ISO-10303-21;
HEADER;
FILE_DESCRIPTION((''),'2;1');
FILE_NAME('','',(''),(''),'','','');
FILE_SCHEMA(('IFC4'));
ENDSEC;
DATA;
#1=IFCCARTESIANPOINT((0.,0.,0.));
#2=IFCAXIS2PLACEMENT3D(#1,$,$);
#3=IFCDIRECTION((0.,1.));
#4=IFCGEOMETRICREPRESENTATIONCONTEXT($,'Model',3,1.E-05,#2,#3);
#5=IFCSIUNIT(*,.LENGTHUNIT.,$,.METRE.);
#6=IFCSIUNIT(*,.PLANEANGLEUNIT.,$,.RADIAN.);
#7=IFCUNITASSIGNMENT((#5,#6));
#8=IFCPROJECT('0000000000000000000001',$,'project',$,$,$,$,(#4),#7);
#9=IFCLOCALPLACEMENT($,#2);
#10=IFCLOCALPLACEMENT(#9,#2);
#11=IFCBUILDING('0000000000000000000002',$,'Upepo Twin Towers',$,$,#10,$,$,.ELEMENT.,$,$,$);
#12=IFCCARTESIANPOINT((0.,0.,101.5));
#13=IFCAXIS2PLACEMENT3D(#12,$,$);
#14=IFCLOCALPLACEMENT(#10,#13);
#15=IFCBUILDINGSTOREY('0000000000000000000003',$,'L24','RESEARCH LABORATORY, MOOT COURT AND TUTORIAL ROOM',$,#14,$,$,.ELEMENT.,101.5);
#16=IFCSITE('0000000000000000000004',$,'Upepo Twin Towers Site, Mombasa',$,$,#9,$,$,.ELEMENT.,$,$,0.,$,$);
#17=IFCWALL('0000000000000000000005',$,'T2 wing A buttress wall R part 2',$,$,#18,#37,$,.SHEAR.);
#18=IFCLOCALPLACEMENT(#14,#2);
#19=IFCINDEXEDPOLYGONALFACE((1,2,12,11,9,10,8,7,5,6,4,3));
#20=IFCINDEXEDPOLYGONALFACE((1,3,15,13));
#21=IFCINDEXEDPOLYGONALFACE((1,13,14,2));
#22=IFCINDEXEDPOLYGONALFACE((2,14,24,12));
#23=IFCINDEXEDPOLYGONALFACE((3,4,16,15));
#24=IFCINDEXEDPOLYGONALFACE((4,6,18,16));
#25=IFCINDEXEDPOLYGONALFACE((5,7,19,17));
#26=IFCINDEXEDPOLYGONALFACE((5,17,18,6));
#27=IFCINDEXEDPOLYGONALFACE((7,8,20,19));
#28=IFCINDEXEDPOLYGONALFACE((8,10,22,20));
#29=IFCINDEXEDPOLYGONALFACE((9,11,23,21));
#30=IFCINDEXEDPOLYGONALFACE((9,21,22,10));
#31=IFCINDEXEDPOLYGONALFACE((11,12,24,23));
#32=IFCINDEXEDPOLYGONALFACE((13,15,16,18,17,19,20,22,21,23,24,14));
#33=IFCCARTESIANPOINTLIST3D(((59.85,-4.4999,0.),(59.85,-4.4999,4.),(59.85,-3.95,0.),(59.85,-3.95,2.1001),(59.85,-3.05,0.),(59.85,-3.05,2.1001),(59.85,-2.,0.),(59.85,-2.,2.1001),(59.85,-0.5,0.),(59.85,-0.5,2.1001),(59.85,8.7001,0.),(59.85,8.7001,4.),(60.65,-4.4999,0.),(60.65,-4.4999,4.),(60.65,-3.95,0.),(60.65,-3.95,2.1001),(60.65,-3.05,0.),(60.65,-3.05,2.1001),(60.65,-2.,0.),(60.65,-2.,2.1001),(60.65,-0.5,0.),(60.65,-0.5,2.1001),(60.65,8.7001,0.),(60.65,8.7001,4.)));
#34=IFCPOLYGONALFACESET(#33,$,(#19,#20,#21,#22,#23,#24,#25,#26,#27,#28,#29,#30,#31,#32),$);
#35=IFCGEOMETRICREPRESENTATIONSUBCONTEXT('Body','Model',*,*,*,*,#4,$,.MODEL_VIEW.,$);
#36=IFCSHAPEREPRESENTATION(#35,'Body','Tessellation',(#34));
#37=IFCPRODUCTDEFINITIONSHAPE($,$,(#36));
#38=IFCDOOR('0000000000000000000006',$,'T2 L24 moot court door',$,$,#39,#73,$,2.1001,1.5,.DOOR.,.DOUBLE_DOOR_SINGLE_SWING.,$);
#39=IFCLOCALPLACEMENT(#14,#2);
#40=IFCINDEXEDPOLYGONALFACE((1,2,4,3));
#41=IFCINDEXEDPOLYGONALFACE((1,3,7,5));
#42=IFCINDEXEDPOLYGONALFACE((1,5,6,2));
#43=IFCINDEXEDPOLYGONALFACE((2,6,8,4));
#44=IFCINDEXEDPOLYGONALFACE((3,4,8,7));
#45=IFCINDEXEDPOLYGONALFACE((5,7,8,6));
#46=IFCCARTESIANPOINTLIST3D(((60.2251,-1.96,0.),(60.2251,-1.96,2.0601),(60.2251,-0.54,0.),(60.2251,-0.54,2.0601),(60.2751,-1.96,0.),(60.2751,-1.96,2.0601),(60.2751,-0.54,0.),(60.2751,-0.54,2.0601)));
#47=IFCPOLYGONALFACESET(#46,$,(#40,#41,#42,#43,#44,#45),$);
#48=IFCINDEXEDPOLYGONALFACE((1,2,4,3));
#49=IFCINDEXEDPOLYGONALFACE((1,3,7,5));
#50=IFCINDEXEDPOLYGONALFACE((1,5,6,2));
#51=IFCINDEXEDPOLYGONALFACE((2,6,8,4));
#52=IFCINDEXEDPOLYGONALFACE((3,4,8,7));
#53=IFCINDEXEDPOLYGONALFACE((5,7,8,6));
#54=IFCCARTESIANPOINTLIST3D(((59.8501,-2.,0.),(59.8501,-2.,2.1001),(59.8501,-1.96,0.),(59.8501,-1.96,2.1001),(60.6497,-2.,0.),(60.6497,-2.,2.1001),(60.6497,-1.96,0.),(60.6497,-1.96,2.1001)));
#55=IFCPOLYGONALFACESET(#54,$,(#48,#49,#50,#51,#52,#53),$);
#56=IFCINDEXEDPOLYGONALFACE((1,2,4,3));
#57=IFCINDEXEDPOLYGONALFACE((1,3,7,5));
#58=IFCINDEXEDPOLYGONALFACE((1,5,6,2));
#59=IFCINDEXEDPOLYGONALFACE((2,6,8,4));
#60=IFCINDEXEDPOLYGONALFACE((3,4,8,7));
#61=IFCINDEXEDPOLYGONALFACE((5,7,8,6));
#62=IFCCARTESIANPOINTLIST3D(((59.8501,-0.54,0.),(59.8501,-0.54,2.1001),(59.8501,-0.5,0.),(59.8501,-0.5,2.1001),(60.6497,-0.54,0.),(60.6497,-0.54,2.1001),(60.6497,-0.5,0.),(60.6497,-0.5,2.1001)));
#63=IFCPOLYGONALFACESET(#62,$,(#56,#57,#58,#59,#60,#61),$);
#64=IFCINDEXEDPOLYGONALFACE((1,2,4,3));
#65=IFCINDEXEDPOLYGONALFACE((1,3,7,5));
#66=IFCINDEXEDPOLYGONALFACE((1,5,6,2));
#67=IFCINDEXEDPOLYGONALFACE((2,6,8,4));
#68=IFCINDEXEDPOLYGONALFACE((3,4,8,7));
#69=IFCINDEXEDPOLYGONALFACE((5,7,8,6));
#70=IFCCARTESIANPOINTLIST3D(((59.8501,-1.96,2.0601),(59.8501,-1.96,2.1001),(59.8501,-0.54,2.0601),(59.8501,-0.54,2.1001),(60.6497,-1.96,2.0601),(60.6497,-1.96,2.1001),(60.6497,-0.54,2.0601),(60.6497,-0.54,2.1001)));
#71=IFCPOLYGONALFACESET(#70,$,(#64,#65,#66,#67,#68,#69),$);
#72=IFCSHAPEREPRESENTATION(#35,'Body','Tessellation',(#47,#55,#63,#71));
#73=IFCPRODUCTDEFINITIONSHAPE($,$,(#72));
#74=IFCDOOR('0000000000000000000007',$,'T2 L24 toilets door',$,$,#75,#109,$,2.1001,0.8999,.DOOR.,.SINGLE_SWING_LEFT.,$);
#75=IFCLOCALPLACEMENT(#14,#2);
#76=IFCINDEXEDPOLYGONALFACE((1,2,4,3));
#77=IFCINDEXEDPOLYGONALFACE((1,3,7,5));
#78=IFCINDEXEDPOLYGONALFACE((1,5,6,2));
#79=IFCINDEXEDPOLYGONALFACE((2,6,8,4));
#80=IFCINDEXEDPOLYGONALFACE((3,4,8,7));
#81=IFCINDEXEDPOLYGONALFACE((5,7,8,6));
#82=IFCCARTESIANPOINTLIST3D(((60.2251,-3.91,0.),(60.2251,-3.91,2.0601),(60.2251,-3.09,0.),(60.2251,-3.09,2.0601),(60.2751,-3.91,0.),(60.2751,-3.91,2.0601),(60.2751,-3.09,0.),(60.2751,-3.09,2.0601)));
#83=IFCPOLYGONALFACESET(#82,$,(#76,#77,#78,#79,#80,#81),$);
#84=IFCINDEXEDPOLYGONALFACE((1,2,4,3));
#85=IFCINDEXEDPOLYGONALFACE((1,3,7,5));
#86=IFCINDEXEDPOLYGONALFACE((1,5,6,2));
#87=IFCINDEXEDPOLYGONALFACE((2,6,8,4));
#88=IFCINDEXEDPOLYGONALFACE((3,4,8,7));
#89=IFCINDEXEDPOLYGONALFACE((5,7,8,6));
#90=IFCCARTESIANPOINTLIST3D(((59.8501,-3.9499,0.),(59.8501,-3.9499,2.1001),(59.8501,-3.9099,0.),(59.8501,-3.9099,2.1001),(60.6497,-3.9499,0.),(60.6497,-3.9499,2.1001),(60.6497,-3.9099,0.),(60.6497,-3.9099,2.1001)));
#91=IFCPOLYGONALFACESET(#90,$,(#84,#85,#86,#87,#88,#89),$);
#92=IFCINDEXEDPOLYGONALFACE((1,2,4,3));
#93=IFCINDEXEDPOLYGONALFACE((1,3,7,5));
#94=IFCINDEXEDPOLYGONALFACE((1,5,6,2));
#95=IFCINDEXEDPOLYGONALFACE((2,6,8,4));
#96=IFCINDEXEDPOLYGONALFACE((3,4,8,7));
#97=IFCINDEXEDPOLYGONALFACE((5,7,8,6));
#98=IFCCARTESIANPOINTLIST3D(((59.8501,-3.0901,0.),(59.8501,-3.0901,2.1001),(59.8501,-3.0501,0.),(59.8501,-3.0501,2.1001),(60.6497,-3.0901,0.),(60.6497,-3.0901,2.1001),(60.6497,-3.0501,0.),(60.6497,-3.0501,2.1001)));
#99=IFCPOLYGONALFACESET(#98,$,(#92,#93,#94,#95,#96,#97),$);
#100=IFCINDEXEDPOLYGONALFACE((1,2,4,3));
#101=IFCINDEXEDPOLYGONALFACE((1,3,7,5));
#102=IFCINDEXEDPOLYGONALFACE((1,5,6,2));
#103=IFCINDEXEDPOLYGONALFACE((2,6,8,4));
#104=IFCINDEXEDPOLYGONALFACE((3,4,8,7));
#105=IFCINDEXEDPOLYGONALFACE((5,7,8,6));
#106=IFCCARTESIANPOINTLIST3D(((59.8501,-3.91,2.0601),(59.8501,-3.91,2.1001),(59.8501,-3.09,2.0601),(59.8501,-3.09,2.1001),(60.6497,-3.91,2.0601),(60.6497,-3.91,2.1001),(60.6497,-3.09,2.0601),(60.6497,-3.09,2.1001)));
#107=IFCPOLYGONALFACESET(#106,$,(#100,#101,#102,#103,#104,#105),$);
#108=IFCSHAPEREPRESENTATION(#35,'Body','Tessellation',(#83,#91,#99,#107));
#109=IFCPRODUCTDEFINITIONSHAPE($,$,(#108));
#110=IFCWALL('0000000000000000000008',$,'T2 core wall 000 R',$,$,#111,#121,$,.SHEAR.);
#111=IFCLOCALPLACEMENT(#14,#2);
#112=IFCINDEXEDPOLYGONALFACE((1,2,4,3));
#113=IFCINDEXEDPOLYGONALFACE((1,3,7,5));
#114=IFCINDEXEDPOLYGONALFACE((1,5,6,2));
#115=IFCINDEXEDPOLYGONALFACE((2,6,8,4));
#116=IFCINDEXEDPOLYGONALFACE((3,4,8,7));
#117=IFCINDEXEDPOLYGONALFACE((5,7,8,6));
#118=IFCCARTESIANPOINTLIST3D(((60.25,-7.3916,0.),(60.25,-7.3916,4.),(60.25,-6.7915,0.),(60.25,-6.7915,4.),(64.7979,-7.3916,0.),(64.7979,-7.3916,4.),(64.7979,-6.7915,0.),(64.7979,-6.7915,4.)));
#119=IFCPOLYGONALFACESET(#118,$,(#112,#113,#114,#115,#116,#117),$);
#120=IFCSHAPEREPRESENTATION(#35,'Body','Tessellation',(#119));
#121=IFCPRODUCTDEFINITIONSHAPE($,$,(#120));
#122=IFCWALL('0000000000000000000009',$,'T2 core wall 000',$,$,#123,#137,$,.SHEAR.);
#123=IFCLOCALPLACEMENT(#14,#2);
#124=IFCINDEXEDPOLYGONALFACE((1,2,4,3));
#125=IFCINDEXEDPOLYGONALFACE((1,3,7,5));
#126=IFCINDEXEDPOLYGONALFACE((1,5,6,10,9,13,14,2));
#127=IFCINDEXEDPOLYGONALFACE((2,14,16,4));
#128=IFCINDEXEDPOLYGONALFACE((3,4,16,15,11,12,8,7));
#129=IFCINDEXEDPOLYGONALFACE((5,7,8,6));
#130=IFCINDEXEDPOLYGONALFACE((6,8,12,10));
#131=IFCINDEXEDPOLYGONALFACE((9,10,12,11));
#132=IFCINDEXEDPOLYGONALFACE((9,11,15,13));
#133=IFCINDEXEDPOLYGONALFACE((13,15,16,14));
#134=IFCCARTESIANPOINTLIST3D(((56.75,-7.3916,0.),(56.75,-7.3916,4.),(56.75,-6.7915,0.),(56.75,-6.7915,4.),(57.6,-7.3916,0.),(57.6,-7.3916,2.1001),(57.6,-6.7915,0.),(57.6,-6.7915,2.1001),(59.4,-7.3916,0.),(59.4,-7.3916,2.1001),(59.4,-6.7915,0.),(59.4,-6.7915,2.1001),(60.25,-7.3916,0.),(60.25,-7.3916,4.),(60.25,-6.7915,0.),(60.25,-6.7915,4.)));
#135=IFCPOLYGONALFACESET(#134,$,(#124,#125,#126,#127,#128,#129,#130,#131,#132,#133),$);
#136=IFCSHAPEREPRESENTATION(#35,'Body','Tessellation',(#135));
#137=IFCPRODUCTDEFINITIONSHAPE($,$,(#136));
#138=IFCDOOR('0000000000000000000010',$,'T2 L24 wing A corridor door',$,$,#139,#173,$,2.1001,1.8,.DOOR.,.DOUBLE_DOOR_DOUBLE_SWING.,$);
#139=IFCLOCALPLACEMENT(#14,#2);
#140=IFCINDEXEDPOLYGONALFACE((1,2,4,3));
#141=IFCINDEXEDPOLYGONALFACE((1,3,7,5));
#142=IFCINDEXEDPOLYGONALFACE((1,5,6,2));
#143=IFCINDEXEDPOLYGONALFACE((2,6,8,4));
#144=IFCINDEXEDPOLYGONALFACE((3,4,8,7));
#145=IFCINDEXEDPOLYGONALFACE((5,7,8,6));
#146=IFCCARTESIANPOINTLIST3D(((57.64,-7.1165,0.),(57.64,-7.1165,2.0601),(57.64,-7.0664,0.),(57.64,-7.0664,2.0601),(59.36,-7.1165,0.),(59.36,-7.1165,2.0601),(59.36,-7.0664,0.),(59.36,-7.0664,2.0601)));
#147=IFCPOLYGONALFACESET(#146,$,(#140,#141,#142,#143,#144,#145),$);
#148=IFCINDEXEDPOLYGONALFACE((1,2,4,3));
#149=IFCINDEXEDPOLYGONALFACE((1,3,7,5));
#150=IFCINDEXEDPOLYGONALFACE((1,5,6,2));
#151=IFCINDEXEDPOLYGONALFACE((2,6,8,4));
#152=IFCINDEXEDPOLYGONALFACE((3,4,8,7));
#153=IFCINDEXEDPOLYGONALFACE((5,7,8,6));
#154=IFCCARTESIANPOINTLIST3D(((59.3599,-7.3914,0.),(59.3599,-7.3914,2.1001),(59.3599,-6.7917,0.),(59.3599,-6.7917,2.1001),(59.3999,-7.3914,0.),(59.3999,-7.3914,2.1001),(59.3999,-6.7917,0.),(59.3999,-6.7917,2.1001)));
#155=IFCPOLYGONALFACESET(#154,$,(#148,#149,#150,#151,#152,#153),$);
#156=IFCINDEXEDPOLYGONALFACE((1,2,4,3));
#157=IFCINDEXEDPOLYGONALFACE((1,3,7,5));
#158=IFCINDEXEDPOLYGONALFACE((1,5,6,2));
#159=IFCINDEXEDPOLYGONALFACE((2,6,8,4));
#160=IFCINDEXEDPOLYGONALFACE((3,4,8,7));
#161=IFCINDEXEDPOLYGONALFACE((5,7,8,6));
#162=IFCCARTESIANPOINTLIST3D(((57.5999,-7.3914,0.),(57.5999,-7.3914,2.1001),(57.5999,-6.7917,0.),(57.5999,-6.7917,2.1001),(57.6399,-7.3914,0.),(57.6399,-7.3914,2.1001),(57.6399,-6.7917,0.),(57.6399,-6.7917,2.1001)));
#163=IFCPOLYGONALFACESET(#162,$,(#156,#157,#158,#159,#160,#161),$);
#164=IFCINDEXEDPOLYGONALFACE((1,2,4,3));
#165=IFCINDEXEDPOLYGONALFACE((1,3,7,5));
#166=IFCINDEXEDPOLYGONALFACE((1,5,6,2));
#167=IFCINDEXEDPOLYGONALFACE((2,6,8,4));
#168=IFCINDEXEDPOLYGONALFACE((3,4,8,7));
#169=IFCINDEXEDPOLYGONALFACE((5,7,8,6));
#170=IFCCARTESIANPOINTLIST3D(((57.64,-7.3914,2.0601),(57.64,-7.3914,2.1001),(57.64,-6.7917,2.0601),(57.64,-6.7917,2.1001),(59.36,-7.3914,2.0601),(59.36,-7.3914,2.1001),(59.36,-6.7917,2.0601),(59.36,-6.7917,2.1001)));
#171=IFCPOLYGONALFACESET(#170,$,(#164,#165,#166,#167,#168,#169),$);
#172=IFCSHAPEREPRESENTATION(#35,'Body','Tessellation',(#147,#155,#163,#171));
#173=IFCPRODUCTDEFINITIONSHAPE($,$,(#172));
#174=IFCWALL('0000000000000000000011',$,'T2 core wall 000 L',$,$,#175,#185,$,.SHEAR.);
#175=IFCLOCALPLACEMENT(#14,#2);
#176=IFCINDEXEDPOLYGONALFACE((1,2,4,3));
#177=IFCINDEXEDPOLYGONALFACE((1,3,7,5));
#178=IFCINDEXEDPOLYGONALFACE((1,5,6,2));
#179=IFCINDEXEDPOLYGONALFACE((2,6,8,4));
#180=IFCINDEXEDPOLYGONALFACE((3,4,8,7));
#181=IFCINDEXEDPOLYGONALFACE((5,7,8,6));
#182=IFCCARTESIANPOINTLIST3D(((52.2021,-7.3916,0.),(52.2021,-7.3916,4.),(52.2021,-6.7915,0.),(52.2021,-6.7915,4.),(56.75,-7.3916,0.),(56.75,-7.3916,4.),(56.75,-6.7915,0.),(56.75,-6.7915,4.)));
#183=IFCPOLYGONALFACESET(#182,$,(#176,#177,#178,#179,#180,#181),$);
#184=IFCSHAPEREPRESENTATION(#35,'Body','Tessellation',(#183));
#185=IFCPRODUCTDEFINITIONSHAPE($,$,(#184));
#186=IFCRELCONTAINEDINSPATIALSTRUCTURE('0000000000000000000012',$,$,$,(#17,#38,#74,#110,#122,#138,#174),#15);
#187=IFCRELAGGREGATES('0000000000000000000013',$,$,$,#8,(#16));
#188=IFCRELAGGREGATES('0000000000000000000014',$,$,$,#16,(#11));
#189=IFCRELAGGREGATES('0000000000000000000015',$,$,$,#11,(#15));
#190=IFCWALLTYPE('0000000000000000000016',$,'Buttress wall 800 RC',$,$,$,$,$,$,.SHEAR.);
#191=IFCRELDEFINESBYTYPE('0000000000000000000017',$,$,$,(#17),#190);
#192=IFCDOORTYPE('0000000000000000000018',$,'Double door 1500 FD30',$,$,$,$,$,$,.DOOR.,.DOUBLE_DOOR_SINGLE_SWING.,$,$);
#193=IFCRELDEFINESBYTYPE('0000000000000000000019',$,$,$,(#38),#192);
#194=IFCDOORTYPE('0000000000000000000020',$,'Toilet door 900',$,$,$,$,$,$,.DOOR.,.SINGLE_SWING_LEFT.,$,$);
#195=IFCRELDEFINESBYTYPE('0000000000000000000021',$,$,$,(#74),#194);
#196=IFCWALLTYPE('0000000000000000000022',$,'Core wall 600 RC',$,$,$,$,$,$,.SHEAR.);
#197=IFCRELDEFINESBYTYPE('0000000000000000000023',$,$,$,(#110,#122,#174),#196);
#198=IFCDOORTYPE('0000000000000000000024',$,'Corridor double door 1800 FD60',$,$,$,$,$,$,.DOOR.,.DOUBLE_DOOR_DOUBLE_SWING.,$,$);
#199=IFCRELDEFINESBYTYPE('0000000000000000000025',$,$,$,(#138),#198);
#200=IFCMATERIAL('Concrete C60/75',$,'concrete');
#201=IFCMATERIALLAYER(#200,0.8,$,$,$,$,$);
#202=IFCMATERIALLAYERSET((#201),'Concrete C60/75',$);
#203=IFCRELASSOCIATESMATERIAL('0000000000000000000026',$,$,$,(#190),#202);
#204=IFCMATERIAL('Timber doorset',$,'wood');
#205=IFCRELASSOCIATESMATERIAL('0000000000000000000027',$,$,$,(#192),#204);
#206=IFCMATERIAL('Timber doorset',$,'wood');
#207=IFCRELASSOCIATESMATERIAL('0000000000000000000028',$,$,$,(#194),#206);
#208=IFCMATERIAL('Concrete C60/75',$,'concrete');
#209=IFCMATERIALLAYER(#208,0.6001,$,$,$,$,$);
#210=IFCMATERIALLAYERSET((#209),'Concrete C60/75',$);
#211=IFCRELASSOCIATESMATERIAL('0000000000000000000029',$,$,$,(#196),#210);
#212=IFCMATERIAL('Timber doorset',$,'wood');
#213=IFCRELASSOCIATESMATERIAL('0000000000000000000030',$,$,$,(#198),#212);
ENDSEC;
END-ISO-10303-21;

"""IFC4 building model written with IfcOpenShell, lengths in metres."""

from ifc_helpers import new_model, si_unit, direction, frame, frame_2d, origin, place, context, subcontext, project, spatial, rectangle, extrude, material, layer, layer_set, type_object, element, fill, save


model = new_model("IFC4")

# Units and contexts
model_context = context("Model", 3, precision=1e-05, world=origin(), true_north=direction((0.0, 1.0)))
body_context = subcontext(model_context, "Body", "Model", "MODEL_VIEW")
ifc_project = project(units=[si_unit("LENGTHUNIT", "METRE"), si_unit("PLANEANGLEUNIT", "RADIAN")], contexts=[model_context])

# Site, building, storey
site_placement = place(None, origin())
site = spatial("IfcSite", under=ifc_project, at=site_placement, Name="Upepo Twin Towers Site, Mombasa", CompositionType="ELEMENT", RefElevation=0.0)
building_placement = place(site_placement, origin())
building = spatial("IfcBuilding", under=site, at=building_placement, Name="Upepo Twin Towers", CompositionType="ELEMENT")
storey_placement = place(building_placement, frame((0.0, 0.0, 101.5)))
storey = spatial("IfcBuildingStorey", under=building, at=storey_placement, Name="L24", Description="RESEARCH LABORATORY, MOOT COURT AND TUTORIAL ROOM", CompositionType="ELEMENT", Elevation=101.5)

# Wall, openings, doors
ifc_material_1 = material(Name="Concrete C60/75", Category="concrete")
ifc_layer_1 = layer(ifc_material_1, 0.8)
ifc_layer_set_1 = layer_set([ifc_layer_1], Name="Concrete C60/75")
wall_type_1 = type_object("IfcWallType", Name="Buttress wall 800 RC", PredefinedType="SHEAR", material=ifc_layer_set_1)
ifc_material_2 = material(Name="Timber doorset", Category="wood")
door_type_1 = type_object("IfcDoorType", Name="Double door 1500 FD30", OperationType="DOUBLE_DOOR_SINGLE_SWING", PredefinedType="DOOR", material=ifc_material_2)
ifc_material_3 = material(Name="Timber doorset", Category="wood")
door_type_2 = type_object("IfcDoorType", Name="Toilet door 900", OperationType="SINGLE_SWING_LEFT", PredefinedType="DOOR", material=ifc_material_3)
wall_1_placement = place(storey_placement, frame((60.25, -4.5, 0.0), z_axis=(0.0, 0.0, 1.0), x_axis=(0.0, 1.0, 0.0)))
wall_1 = element("IfcWall", 1, at=wall_1_placement, inside=storey, type_object=wall_type_1, Name="T2 wing A buttress wall R part 2", PredefinedType="SHEAR", context=body_context, shape_type="SweptSolid", body=[
    extrude(rectangle(XDim=13.2, YDim=0.8, at=frame_2d((6.6001, 0.0))), origin(), (0.0, 0.0, 1.0), 4.0),
])
opening_1_placement = place(wall_1_placement, frame((0.55, 0.0, 0.0)))
opening_1 = element("IfcOpeningElement", 2, at=opening_1_placement, cuts=wall_1, PredefinedType="OPENING", context=body_context, shape_type="SweptSolid", body=[
    extrude(rectangle(XDim=0.8999, YDim=2.1001, at=frame_2d((0.45, 1.05))), frame((0.0, 0.4099, 0.0), z_axis=(0.0, -1.0, 0.0), x_axis=(1.0, 0.0, 0.0)), (0.0, 0.0, 1.0), 0.8201),
])
opening_2_placement = place(wall_1_placement, frame((2.5, 0.0, 0.0)))
opening_2 = element("IfcOpeningElement", 3, at=opening_2_placement, cuts=wall_1, PredefinedType="OPENING", context=body_context, shape_type="SweptSolid", body=[
    extrude(rectangle(XDim=1.5, YDim=2.1001, at=frame_2d((0.75, 1.05))), frame((0.0, 0.4099, 0.0), z_axis=(0.0, -1.0, 0.0), x_axis=(1.0, 0.0, 0.0)), (0.0, 0.0, 1.0), 0.8201),
])
door_1_placement = place(opening_2_placement, origin())
door_1 = element("IfcDoor", 4, at=door_1_placement, inside=storey, type_object=door_type_1, Name="T2 L24 moot court door", OperationType="DOUBLE_DOOR_SINGLE_SWING", OverallHeight=2.1001, OverallWidth=1.5, PredefinedType="DOOR", context=body_context, shape_type="SweptSolid", body=[
    extrude(rectangle(XDim=1.42, YDim=2.0601, at=frame_2d((0.75, 1.03))), frame((0.0, 0.0249, 0.0), z_axis=(0.0, -1.0, 0.0), x_axis=(1.0, 0.0, 0.0)), (0.0, 0.0, 1.0), 0.05),
    extrude(rectangle(XDim=0.04, YDim=2.1001, at=frame_2d((0.02, 1.05))), frame((0.0, 0.3999, 0.0), z_axis=(0.0, -1.0, 0.0), x_axis=(1.0, 0.0, 0.0)), (0.0, 0.0, 1.0), 0.7996),
    extrude(rectangle(XDim=0.04, YDim=2.1001, at=frame_2d((1.48, 1.05))), frame((0.0, 0.3999, 0.0), z_axis=(0.0, -1.0, 0.0), x_axis=(1.0, 0.0, 0.0)), (0.0, 0.0, 1.0), 0.7996),
    extrude(rectangle(XDim=1.42, YDim=0.04, at=frame_2d((0.75, 2.0801))), frame((0.0, 0.3999, 0.0), z_axis=(0.0, -1.0, 0.0), x_axis=(1.0, 0.0, 0.0)), (0.0, 0.0, 1.0), 0.7996),
])
fill(opening_2, door_1)
door_2_placement = place(opening_1_placement, origin())
door_2 = element("IfcDoor", 5, at=door_2_placement, inside=storey, type_object=door_type_2, Name="T2 L24 toilets door", OperationType="SINGLE_SWING_LEFT", OverallHeight=2.1001, OverallWidth=0.8999, PredefinedType="DOOR", context=body_context, shape_type="SweptSolid", body=[
    extrude(rectangle(XDim=0.8199, YDim=2.0601, at=frame_2d((0.45, 1.03))), frame((0.0, 0.0249, 0.0), z_axis=(0.0, -1.0, 0.0), x_axis=(1.0, 0.0, 0.0)), (0.0, 0.0, 1.0), 0.05),
    extrude(rectangle(XDim=0.04, YDim=2.1001, at=frame_2d((0.02, 1.05))), frame((0.0, 0.3999, 0.0), z_axis=(0.0, -1.0, 0.0), x_axis=(1.0, 0.0, 0.0)), (0.0, 0.0, 1.0), 0.7996),
    extrude(rectangle(XDim=0.04, YDim=2.1001, at=frame_2d((0.8799, 1.05))), frame((0.0, 0.3999, 0.0), z_axis=(0.0, -1.0, 0.0), x_axis=(1.0, 0.0, 0.0)), (0.0, 0.0, 1.0), 0.7996),
    extrude(rectangle(XDim=0.8199, YDim=0.04, at=frame_2d((0.45, 2.0801))), frame((0.0, 0.3999, 0.0), z_axis=(0.0, -1.0, 0.0), x_axis=(1.0, 0.0, 0.0)), (0.0, 0.0, 1.0), 0.7996),
])
fill(opening_1, door_2)

# Wall
ifc_material_4 = material(Name="Concrete C60/75", Category="concrete")
ifc_layer_2 = layer(ifc_material_4, 0.6001)
ifc_layer_set_2 = layer_set([ifc_layer_2], Name="Concrete C60/75")
wall_type_2 = type_object("IfcWallType", Name="Core wall 600 RC", PredefinedType="SHEAR", material=ifc_layer_set_2)
wall_2_placement = place(storey_placement, frame((64.7979, -7.0916, 0.0), z_axis=(0.0, 0.0, 1.0), x_axis=(-1.0, 0.0, 0.0)))
element("IfcWall", 6, at=wall_2_placement, inside=storey, type_object=wall_type_2, Name="T2 core wall 000 R", PredefinedType="SHEAR", context=body_context, shape_type="SweptSolid", body=[
    extrude(rectangle(XDim=4.5479, YDim=0.6001, at=frame_2d((2.2739, 0.0))), origin(), (0.0, 0.0, 1.0), 4.0),
])

# Wall, opening, door
wall_3_placement = place(storey_placement, frame((60.25, -7.0916, 0.0), z_axis=(0.0, 0.0, 1.0), x_axis=(-1.0, 0.0, 0.0)))
wall_3 = element("IfcWall", 7, at=wall_3_placement, inside=storey, type_object=wall_type_2, Name="T2 core wall 000", PredefinedType="SHEAR", context=body_context, shape_type="SweptSolid", body=[
    extrude(rectangle(XDim=3.5, YDim=0.6001, at=frame_2d((1.75, 0.0))), origin(), (0.0, 0.0, 1.0), 4.0),
])
opening_3_placement = place(wall_3_placement, frame((0.8501, 0.0, 0.0)))
opening_3 = element("IfcOpeningElement", 8, at=opening_3_placement, cuts=wall_3, PredefinedType="OPENING", context=body_context, shape_type="SweptSolid", body=[
    extrude(rectangle(XDim=1.8, YDim=2.1001, at=frame_2d((0.8999, 1.05))), frame((0.0, 0.3101, 0.0), z_axis=(0.0, -1.0, 0.0), x_axis=(1.0, 0.0, 0.0)), (0.0, 0.0, 1.0), 0.6201),
])
ifc_material_5 = material(Name="Timber doorset", Category="wood")
door_type_3 = type_object("IfcDoorType", Name="Corridor double door 1800 FD60", OperationType="DOUBLE_DOOR_DOUBLE_SWING", PredefinedType="DOOR", material=ifc_material_5)
door_3_placement = place(opening_3_placement, origin())
door_3 = element("IfcDoor", 9, at=door_3_placement, inside=storey, type_object=door_type_3, Name="T2 L24 wing A corridor door", OperationType="DOUBLE_DOOR_DOUBLE_SWING", OverallHeight=2.1001, OverallWidth=1.8, PredefinedType="DOOR", context=body_context, shape_type="SweptSolid", body=[
    extrude(rectangle(XDim=1.72, YDim=2.0601, at=frame_2d((0.8999, 1.03))), frame((0.0, 0.0249, 0.0), z_axis=(0.0, -1.0, 0.0), x_axis=(1.0, 0.0, 0.0)), (0.0, 0.0, 1.0), 0.05),
    extrude(rectangle(XDim=0.04, YDim=2.1001, at=frame_2d((0.02, 1.05))), frame((0.0, 0.2998, 0.0), z_axis=(0.0, -1.0, 0.0), x_axis=(1.0, 0.0, 0.0)), (0.0, 0.0, 1.0), 0.5996),
    extrude(rectangle(XDim=0.04, YDim=2.1001, at=frame_2d((1.78, 1.05))), frame((0.0, 0.2998, 0.0), z_axis=(0.0, -1.0, 0.0), x_axis=(1.0, 0.0, 0.0)), (0.0, 0.0, 1.0), 0.5996),
    extrude(rectangle(XDim=1.72, YDim=0.04, at=frame_2d((0.8999, 2.0801))), frame((0.0, 0.2998, 0.0), z_axis=(0.0, -1.0, 0.0), x_axis=(1.0, 0.0, 0.0)), (0.0, 0.0, 1.0), 0.5996),
])
fill(opening_3, door_3)

# Wall
wall_4_placement = place(storey_placement, frame((56.75, -7.0916, 0.0), z_axis=(0.0, 0.0, 1.0), x_axis=(-1.0, 0.0, 0.0)))
element("IfcWall", 10, at=wall_4_placement, inside=storey, type_object=wall_type_2, Name="T2 core wall 000 L", PredefinedType="SHEAR", context=body_context, shape_type="SweptSolid", body=[
    extrude(rectangle(XDim=4.5479, YDim=0.6001, at=frame_2d((2.2739, 0.0))), origin(), (0.0, 0.0, 1.0), 4.0),
])

save(model, "model.ifc")
